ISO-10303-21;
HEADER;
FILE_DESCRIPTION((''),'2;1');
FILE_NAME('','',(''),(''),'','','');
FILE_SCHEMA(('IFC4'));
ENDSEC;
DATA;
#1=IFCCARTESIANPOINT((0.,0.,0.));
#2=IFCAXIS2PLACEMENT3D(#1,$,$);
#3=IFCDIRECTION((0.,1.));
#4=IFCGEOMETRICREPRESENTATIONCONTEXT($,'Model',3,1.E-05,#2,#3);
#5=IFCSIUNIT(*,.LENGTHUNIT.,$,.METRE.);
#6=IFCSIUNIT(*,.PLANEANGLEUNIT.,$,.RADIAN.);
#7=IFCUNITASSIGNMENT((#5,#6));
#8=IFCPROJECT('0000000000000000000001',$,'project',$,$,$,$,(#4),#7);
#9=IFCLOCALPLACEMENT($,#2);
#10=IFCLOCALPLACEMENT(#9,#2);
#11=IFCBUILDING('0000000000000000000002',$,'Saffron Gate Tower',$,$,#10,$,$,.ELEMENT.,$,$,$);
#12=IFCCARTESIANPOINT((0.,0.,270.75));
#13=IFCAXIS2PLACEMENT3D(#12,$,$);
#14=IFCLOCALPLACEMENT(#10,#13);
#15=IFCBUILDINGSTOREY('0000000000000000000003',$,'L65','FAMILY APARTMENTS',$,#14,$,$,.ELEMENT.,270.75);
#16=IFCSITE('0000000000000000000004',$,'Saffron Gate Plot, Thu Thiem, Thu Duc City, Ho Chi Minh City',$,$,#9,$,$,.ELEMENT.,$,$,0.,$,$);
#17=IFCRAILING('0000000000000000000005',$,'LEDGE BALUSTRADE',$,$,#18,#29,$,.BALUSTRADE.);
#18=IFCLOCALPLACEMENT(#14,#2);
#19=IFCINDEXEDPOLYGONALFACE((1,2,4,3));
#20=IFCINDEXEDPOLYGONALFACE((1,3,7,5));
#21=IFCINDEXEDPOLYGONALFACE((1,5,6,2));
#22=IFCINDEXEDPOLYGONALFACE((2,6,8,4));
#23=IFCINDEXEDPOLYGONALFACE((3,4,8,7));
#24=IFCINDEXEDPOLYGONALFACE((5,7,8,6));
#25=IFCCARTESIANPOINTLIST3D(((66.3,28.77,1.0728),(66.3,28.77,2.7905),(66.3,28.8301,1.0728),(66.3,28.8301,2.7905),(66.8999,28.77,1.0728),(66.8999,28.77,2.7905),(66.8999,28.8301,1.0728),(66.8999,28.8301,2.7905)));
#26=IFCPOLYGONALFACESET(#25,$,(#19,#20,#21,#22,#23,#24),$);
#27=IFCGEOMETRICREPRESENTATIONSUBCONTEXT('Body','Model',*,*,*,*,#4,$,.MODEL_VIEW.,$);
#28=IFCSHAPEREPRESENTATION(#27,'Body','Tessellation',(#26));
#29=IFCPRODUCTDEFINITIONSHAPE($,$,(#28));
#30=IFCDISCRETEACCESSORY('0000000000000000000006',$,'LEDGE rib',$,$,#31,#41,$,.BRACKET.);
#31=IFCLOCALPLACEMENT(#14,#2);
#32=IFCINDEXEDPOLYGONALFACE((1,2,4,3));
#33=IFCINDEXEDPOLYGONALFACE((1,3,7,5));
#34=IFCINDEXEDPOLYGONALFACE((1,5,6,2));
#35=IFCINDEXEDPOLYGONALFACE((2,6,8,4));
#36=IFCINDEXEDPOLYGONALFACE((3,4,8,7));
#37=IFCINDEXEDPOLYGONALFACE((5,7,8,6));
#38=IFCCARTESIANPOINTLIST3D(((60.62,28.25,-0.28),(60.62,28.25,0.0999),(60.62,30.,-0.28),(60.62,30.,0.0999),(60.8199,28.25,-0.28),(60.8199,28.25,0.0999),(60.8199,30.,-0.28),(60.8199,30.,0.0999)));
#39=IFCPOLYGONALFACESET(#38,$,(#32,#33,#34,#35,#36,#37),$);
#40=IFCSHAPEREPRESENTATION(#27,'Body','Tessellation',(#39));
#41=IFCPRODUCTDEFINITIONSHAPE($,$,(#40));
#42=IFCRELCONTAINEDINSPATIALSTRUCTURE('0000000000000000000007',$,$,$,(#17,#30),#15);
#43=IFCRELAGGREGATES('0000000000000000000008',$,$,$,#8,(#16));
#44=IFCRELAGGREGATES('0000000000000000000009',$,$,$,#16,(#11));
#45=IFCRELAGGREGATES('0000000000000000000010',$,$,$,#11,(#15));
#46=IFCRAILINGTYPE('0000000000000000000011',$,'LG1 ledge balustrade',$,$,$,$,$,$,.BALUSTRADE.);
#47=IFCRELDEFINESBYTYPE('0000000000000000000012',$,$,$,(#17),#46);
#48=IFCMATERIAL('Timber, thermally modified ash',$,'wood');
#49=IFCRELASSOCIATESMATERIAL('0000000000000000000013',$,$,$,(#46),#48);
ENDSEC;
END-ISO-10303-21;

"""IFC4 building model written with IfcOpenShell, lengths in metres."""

from ifc_helpers import new_model, si_unit, direction, frame, origin, origin_2d, place, context, subcontext, project, spatial, rectangle, extrude, material, type_object, element, save


model = new_model("IFC4")

# Units and contexts
model_context = context("Model", 3, precision=1e-05, world=origin(), true_north=direction((0.0, 1.0)))
body_context = subcontext(model_context, "Body", "Model", "MODEL_VIEW")
ifc_project = project(units=[si_unit("LENGTHUNIT", "METRE"), si_unit("PLANEANGLEUNIT", "RADIAN")], contexts=[model_context])

# Site, building, storey
site_placement = place(None, origin())
site = spatial("IfcSite", under=ifc_project, at=site_placement, Name="Saffron Gate Plot, Thu Thiem, Thu Duc City, Ho Chi Minh City", CompositionType="ELEMENT", RefElevation=0.0)
building_placement = place(site_placement, origin())
building = spatial("IfcBuilding", under=site, at=building_placement, Name="Saffron Gate Tower", CompositionType="ELEMENT")
storey_placement = place(building_placement, frame((0.0, 0.0, 270.75)))
storey = spatial("IfcBuildingStorey", under=building, at=storey_placement, Name="L65", Description="FAMILY APARTMENTS", CompositionType="ELEMENT", Elevation=270.75)

# Shared definitions
ifc_material_1 = material(Name="Timber, thermally modified ash", Category="wood")

# Railing
railing_type = type_object("IfcRailingType", Name="LG1 ledge balustrade", PredefinedType="BALUSTRADE", material=ifc_material_1)
railing_1_placement = place(storey_placement, frame((66.3, 28.8, 1.0728)))
element("IfcRailing", 1, at=railing_1_placement, inside=storey, type_object=railing_type, Name="LEDGE BALUSTRADE", PredefinedType="BALUSTRADE", context=body_context, shape_type="SweptSolid", body=[
    extrude(rectangle(XDim=0.0601, YDim=1.7178, at=origin_2d()), frame((0.0, 0.0, 0.8589), z_axis=(1.0, 0.0, 0.0), x_axis=(0.0, 1.0, 0.0)), (0.0, 0.0, 1.0), 0.5999),
])

# Discrete accessory
discrete_accessory_placement = place(storey_placement, frame((60.72, 29.125, -0.28), z_axis=(0.0, 0.0, 1.0), x_axis=(1.0, 0.0, 0.0)))
element("IfcDiscreteAccessory", 2, at=discrete_accessory_placement, inside=storey, Name="LEDGE rib", PredefinedType="BRACKET", context=body_context, shape_type="SweptSolid", body=[
    extrude(rectangle(XDim=0.2, YDim=1.75, at=origin_2d()), origin(), (0.0, 0.0, 1.0), 0.3799),
])

save(model, "model.ifc")
